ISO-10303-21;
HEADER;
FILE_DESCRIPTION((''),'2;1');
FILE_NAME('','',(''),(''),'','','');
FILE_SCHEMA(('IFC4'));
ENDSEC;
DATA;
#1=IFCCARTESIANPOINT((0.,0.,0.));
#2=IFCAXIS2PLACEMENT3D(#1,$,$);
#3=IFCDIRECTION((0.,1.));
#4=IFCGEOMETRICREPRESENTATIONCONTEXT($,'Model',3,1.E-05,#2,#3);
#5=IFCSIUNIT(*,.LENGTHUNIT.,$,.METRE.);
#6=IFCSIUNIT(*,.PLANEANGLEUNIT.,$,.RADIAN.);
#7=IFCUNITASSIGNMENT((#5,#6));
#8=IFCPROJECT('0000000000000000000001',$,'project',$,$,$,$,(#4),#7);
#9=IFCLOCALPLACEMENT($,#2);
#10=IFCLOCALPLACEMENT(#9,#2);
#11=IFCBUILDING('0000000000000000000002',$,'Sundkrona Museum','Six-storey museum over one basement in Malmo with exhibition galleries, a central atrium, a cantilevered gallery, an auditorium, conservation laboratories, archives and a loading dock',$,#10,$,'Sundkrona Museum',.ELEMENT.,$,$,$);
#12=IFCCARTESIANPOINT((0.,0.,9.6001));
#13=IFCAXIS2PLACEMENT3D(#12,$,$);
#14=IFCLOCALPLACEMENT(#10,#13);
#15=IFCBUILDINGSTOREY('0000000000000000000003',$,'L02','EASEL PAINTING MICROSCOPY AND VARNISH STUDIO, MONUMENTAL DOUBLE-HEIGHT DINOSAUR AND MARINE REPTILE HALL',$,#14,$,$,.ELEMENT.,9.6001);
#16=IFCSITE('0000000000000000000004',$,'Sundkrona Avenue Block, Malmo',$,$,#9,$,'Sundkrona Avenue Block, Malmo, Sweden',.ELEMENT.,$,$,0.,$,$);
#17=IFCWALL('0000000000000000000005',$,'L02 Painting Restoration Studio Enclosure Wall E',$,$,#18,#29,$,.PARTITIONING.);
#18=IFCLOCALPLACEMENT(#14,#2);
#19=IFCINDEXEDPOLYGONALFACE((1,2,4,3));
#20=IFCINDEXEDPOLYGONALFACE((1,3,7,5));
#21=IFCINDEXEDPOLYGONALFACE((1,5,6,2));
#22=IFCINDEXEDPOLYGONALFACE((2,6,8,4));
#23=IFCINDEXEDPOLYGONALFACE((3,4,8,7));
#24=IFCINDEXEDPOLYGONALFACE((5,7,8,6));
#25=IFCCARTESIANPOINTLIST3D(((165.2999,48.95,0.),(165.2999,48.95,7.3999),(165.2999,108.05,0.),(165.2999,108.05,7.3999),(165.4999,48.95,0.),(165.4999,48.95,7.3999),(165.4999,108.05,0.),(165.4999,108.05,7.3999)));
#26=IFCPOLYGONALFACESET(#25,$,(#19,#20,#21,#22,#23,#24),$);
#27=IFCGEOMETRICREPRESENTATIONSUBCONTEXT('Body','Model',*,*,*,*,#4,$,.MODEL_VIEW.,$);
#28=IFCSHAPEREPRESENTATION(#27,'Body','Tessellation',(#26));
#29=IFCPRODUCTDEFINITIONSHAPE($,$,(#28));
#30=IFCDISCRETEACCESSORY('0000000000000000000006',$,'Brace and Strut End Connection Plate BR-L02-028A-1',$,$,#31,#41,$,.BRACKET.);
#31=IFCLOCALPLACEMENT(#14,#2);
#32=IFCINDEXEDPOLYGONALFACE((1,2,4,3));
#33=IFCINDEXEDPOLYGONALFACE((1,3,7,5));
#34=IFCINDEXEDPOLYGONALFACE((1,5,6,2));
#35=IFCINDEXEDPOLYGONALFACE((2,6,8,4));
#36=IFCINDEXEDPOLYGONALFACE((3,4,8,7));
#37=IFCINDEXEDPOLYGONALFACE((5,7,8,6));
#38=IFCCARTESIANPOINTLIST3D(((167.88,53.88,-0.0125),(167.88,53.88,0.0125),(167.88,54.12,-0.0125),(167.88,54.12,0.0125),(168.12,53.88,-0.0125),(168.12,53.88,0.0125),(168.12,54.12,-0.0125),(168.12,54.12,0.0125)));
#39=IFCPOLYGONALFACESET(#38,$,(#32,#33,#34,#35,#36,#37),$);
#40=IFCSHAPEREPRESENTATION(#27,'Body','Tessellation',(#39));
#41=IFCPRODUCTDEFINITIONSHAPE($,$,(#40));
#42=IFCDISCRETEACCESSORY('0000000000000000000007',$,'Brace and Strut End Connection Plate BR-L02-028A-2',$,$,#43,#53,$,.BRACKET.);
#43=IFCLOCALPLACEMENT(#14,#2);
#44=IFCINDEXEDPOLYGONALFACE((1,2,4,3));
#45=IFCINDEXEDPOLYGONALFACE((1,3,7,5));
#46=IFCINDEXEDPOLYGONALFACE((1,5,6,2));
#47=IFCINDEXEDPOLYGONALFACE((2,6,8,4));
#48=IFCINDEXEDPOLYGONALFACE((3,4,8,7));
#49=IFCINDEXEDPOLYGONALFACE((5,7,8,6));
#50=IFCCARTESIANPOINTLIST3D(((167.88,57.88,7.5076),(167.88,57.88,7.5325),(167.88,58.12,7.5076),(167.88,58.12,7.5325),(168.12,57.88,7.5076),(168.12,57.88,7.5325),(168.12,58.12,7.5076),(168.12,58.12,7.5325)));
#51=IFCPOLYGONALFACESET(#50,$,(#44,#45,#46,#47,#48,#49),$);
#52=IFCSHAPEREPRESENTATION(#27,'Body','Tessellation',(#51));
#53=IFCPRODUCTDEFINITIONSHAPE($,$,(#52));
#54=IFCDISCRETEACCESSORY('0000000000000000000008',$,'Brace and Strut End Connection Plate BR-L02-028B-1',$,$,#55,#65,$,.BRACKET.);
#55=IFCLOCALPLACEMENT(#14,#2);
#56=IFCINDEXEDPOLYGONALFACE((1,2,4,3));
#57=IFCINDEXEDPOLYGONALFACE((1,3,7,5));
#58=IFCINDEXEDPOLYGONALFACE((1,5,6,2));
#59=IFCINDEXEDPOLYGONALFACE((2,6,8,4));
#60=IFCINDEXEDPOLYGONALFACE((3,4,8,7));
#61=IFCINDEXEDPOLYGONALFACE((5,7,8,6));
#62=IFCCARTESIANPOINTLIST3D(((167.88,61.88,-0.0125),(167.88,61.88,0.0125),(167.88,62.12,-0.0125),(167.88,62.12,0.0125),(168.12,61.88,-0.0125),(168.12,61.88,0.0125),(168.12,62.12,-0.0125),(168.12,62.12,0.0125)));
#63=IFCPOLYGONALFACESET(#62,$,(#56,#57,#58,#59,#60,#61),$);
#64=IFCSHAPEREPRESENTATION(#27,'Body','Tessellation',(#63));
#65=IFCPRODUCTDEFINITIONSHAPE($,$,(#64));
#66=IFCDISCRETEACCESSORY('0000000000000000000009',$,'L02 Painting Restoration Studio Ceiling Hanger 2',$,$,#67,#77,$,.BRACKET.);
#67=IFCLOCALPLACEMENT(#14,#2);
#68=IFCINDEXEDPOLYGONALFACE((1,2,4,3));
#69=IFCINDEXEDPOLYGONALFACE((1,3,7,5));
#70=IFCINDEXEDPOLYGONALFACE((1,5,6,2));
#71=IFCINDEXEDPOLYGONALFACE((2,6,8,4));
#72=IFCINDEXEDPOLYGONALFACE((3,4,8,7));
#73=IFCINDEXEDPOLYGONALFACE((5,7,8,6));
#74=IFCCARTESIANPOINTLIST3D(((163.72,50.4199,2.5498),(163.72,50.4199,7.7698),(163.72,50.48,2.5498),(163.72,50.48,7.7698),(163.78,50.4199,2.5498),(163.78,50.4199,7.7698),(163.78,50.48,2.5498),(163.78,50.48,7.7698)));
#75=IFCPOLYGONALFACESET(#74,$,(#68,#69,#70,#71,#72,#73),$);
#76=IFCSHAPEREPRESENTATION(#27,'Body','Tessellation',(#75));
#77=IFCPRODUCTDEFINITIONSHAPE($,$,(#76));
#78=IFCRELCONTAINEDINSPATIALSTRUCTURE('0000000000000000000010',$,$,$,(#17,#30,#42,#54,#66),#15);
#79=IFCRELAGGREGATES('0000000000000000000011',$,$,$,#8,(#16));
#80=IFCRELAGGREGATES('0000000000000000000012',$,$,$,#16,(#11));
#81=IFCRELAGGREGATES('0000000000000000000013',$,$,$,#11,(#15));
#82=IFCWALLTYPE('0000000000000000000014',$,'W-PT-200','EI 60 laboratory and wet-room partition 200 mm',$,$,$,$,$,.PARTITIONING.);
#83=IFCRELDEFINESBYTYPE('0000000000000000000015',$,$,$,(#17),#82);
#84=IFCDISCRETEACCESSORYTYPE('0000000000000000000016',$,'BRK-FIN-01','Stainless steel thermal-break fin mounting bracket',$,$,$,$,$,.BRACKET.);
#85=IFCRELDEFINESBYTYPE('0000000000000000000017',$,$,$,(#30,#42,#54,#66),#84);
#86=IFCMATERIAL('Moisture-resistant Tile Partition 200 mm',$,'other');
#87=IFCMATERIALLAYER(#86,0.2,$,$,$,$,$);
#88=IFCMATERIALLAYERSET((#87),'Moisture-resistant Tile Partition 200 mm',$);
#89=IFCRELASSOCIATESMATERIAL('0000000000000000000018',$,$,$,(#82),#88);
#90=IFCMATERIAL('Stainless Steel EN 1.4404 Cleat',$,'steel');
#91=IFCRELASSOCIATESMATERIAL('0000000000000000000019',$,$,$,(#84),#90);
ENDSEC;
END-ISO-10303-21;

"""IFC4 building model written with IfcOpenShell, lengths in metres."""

from ifc_helpers import new_model, si_unit, direction, frame, frame_2d, origin, origin_2d, place, context, subcontext, project, spatial, rectangle, extrude, material, layer, layer_set, type_object, element, save


model = new_model("IFC4")

# Units and contexts
model_context = context("Model", 3, precision=1e-05, world=origin(), true_north=direction((0.0, 1.0)))
body_context = subcontext(model_context, "Body", "Model", "MODEL_VIEW")
ifc_project = project(units=[si_unit("LENGTHUNIT", "METRE"), si_unit("PLANEANGLEUNIT", "RADIAN")], contexts=[model_context])

# Site, building, storey
site_placement = place(None, origin())
site = spatial("IfcSite", under=ifc_project, at=site_placement, Name="Sundkrona Avenue Block, Malmo", LongName="Sundkrona Avenue Block, Malmo, Sweden", CompositionType="ELEMENT", RefElevation=0.0)
building_placement = place(site_placement, origin())
building = spatial("IfcBuilding", under=site, at=building_placement, Name="Sundkrona Museum", Description="Six-storey museum over one basement in Malmo with exhibition galleries, a central atrium, a cantilevered gallery, an auditorium, conservation laboratories, archives and a loading dock", LongName="Sundkrona Museum", CompositionType="ELEMENT")
storey_placement = place(building_placement, frame((0.0, 0.0, 9.6001)))
storey = spatial("IfcBuildingStorey", under=building, at=storey_placement, Name="L02", Description="EASEL PAINTING MICROSCOPY AND VARNISH STUDIO, MONUMENTAL DOUBLE-HEIGHT DINOSAUR AND MARINE REPTILE HALL", CompositionType="ELEMENT", Elevation=9.6001)

# Wall
ifc_material_1 = material(Name="Moisture-resistant Tile Partition 200 mm", Category="other")
ifc_layer_1 = layer(ifc_material_1, 0.2)
ifc_layer_set_1 = layer_set([ifc_layer_1], Name="Moisture-resistant Tile Partition 200 mm")
wall_type_1 = type_object("IfcWallType", Name="W-PT-200", Description="EI 60 laboratory and wet-room partition 200 mm", PredefinedType="PARTITIONING", material=ifc_layer_set_1)
wall_1_placement = place(storey_placement, frame((165.3999, 48.95, 0.0), z_axis=(0.0, 0.0, 1.0), x_axis=(0.0, 1.0, 0.0)))
element("IfcWall", 1, at=wall_1_placement, inside=storey, type_object=wall_type_1, Name="L02 Painting Restoration Studio Enclosure Wall E", PredefinedType="PARTITIONING", context=body_context, shape_type="SweptSolid", body=[
    extrude(rectangle(XDim=59.1001, YDim=0.2, at=frame_2d((29.55, 0.0))), origin(), (0.0, 0.0, 1.0), 7.3999),
])

# Discrete accessories
ifc_material_2 = material(Name="Stainless Steel EN 1.4404 Cleat", Category="steel")
discrete_accessory_type = type_object("IfcDiscreteAccessoryType", Name="BRK-FIN-01", Description="Stainless steel thermal-break fin mounting bracket", PredefinedType="BRACKET", material=ifc_material_2)
for number, where, z_axis, x_axis, name in (
    (2, (168.0, 54.0, -0.0125), (0.0, 0.0, 1.0), (1.0, 0.0, 0.0), "Brace and Strut End Connection Plate BR-L02-028A-1"),
    (3, (168.0, 58.0, 7.5076), (0.0, 0.0, 1.0), (1.0, 0.0, 0.0), "Brace and Strut End Connection Plate BR-L02-028A-2"),
    (4, (168.0, 62.0, -0.0125), (0.0, 0.0, 1.0), (1.0, 0.0, 0.0), "Brace and Strut End Connection Plate BR-L02-028B-1"),
):
    element("IfcDiscreteAccessory", number, at=place(storey_placement, frame(where, z_axis=z_axis, x_axis=x_axis)), inside=storey, type_object=discrete_accessory_type, Name=name, PredefinedType="BRACKET", context=body_context, shape_type="SweptSolid", body=[
        extrude(rectangle(XDim=0.24, YDim=0.24, at=origin_2d()), origin(), (0.0, 0.0, 1.0), 0.0249),
    ])
discrete_accessory_placement = place(storey_placement, frame((163.75, 50.45, 2.5498), z_axis=(0.0, 0.0, 1.0), x_axis=(1.0, 0.0, 0.0)))
element("IfcDiscreteAccessory", 5, at=discrete_accessory_placement, inside=storey, type_object=discrete_accessory_type, Name="L02 Painting Restoration Studio Ceiling Hanger 2", PredefinedType="BRACKET", context=body_context, shape_type="SweptSolid", body=[
    extrude(rectangle(XDim=0.0601, YDim=0.0601, at=origin_2d()), origin(), (0.0, 0.0, 1.0), 5.22),
])

save(model, "model.ifc")
